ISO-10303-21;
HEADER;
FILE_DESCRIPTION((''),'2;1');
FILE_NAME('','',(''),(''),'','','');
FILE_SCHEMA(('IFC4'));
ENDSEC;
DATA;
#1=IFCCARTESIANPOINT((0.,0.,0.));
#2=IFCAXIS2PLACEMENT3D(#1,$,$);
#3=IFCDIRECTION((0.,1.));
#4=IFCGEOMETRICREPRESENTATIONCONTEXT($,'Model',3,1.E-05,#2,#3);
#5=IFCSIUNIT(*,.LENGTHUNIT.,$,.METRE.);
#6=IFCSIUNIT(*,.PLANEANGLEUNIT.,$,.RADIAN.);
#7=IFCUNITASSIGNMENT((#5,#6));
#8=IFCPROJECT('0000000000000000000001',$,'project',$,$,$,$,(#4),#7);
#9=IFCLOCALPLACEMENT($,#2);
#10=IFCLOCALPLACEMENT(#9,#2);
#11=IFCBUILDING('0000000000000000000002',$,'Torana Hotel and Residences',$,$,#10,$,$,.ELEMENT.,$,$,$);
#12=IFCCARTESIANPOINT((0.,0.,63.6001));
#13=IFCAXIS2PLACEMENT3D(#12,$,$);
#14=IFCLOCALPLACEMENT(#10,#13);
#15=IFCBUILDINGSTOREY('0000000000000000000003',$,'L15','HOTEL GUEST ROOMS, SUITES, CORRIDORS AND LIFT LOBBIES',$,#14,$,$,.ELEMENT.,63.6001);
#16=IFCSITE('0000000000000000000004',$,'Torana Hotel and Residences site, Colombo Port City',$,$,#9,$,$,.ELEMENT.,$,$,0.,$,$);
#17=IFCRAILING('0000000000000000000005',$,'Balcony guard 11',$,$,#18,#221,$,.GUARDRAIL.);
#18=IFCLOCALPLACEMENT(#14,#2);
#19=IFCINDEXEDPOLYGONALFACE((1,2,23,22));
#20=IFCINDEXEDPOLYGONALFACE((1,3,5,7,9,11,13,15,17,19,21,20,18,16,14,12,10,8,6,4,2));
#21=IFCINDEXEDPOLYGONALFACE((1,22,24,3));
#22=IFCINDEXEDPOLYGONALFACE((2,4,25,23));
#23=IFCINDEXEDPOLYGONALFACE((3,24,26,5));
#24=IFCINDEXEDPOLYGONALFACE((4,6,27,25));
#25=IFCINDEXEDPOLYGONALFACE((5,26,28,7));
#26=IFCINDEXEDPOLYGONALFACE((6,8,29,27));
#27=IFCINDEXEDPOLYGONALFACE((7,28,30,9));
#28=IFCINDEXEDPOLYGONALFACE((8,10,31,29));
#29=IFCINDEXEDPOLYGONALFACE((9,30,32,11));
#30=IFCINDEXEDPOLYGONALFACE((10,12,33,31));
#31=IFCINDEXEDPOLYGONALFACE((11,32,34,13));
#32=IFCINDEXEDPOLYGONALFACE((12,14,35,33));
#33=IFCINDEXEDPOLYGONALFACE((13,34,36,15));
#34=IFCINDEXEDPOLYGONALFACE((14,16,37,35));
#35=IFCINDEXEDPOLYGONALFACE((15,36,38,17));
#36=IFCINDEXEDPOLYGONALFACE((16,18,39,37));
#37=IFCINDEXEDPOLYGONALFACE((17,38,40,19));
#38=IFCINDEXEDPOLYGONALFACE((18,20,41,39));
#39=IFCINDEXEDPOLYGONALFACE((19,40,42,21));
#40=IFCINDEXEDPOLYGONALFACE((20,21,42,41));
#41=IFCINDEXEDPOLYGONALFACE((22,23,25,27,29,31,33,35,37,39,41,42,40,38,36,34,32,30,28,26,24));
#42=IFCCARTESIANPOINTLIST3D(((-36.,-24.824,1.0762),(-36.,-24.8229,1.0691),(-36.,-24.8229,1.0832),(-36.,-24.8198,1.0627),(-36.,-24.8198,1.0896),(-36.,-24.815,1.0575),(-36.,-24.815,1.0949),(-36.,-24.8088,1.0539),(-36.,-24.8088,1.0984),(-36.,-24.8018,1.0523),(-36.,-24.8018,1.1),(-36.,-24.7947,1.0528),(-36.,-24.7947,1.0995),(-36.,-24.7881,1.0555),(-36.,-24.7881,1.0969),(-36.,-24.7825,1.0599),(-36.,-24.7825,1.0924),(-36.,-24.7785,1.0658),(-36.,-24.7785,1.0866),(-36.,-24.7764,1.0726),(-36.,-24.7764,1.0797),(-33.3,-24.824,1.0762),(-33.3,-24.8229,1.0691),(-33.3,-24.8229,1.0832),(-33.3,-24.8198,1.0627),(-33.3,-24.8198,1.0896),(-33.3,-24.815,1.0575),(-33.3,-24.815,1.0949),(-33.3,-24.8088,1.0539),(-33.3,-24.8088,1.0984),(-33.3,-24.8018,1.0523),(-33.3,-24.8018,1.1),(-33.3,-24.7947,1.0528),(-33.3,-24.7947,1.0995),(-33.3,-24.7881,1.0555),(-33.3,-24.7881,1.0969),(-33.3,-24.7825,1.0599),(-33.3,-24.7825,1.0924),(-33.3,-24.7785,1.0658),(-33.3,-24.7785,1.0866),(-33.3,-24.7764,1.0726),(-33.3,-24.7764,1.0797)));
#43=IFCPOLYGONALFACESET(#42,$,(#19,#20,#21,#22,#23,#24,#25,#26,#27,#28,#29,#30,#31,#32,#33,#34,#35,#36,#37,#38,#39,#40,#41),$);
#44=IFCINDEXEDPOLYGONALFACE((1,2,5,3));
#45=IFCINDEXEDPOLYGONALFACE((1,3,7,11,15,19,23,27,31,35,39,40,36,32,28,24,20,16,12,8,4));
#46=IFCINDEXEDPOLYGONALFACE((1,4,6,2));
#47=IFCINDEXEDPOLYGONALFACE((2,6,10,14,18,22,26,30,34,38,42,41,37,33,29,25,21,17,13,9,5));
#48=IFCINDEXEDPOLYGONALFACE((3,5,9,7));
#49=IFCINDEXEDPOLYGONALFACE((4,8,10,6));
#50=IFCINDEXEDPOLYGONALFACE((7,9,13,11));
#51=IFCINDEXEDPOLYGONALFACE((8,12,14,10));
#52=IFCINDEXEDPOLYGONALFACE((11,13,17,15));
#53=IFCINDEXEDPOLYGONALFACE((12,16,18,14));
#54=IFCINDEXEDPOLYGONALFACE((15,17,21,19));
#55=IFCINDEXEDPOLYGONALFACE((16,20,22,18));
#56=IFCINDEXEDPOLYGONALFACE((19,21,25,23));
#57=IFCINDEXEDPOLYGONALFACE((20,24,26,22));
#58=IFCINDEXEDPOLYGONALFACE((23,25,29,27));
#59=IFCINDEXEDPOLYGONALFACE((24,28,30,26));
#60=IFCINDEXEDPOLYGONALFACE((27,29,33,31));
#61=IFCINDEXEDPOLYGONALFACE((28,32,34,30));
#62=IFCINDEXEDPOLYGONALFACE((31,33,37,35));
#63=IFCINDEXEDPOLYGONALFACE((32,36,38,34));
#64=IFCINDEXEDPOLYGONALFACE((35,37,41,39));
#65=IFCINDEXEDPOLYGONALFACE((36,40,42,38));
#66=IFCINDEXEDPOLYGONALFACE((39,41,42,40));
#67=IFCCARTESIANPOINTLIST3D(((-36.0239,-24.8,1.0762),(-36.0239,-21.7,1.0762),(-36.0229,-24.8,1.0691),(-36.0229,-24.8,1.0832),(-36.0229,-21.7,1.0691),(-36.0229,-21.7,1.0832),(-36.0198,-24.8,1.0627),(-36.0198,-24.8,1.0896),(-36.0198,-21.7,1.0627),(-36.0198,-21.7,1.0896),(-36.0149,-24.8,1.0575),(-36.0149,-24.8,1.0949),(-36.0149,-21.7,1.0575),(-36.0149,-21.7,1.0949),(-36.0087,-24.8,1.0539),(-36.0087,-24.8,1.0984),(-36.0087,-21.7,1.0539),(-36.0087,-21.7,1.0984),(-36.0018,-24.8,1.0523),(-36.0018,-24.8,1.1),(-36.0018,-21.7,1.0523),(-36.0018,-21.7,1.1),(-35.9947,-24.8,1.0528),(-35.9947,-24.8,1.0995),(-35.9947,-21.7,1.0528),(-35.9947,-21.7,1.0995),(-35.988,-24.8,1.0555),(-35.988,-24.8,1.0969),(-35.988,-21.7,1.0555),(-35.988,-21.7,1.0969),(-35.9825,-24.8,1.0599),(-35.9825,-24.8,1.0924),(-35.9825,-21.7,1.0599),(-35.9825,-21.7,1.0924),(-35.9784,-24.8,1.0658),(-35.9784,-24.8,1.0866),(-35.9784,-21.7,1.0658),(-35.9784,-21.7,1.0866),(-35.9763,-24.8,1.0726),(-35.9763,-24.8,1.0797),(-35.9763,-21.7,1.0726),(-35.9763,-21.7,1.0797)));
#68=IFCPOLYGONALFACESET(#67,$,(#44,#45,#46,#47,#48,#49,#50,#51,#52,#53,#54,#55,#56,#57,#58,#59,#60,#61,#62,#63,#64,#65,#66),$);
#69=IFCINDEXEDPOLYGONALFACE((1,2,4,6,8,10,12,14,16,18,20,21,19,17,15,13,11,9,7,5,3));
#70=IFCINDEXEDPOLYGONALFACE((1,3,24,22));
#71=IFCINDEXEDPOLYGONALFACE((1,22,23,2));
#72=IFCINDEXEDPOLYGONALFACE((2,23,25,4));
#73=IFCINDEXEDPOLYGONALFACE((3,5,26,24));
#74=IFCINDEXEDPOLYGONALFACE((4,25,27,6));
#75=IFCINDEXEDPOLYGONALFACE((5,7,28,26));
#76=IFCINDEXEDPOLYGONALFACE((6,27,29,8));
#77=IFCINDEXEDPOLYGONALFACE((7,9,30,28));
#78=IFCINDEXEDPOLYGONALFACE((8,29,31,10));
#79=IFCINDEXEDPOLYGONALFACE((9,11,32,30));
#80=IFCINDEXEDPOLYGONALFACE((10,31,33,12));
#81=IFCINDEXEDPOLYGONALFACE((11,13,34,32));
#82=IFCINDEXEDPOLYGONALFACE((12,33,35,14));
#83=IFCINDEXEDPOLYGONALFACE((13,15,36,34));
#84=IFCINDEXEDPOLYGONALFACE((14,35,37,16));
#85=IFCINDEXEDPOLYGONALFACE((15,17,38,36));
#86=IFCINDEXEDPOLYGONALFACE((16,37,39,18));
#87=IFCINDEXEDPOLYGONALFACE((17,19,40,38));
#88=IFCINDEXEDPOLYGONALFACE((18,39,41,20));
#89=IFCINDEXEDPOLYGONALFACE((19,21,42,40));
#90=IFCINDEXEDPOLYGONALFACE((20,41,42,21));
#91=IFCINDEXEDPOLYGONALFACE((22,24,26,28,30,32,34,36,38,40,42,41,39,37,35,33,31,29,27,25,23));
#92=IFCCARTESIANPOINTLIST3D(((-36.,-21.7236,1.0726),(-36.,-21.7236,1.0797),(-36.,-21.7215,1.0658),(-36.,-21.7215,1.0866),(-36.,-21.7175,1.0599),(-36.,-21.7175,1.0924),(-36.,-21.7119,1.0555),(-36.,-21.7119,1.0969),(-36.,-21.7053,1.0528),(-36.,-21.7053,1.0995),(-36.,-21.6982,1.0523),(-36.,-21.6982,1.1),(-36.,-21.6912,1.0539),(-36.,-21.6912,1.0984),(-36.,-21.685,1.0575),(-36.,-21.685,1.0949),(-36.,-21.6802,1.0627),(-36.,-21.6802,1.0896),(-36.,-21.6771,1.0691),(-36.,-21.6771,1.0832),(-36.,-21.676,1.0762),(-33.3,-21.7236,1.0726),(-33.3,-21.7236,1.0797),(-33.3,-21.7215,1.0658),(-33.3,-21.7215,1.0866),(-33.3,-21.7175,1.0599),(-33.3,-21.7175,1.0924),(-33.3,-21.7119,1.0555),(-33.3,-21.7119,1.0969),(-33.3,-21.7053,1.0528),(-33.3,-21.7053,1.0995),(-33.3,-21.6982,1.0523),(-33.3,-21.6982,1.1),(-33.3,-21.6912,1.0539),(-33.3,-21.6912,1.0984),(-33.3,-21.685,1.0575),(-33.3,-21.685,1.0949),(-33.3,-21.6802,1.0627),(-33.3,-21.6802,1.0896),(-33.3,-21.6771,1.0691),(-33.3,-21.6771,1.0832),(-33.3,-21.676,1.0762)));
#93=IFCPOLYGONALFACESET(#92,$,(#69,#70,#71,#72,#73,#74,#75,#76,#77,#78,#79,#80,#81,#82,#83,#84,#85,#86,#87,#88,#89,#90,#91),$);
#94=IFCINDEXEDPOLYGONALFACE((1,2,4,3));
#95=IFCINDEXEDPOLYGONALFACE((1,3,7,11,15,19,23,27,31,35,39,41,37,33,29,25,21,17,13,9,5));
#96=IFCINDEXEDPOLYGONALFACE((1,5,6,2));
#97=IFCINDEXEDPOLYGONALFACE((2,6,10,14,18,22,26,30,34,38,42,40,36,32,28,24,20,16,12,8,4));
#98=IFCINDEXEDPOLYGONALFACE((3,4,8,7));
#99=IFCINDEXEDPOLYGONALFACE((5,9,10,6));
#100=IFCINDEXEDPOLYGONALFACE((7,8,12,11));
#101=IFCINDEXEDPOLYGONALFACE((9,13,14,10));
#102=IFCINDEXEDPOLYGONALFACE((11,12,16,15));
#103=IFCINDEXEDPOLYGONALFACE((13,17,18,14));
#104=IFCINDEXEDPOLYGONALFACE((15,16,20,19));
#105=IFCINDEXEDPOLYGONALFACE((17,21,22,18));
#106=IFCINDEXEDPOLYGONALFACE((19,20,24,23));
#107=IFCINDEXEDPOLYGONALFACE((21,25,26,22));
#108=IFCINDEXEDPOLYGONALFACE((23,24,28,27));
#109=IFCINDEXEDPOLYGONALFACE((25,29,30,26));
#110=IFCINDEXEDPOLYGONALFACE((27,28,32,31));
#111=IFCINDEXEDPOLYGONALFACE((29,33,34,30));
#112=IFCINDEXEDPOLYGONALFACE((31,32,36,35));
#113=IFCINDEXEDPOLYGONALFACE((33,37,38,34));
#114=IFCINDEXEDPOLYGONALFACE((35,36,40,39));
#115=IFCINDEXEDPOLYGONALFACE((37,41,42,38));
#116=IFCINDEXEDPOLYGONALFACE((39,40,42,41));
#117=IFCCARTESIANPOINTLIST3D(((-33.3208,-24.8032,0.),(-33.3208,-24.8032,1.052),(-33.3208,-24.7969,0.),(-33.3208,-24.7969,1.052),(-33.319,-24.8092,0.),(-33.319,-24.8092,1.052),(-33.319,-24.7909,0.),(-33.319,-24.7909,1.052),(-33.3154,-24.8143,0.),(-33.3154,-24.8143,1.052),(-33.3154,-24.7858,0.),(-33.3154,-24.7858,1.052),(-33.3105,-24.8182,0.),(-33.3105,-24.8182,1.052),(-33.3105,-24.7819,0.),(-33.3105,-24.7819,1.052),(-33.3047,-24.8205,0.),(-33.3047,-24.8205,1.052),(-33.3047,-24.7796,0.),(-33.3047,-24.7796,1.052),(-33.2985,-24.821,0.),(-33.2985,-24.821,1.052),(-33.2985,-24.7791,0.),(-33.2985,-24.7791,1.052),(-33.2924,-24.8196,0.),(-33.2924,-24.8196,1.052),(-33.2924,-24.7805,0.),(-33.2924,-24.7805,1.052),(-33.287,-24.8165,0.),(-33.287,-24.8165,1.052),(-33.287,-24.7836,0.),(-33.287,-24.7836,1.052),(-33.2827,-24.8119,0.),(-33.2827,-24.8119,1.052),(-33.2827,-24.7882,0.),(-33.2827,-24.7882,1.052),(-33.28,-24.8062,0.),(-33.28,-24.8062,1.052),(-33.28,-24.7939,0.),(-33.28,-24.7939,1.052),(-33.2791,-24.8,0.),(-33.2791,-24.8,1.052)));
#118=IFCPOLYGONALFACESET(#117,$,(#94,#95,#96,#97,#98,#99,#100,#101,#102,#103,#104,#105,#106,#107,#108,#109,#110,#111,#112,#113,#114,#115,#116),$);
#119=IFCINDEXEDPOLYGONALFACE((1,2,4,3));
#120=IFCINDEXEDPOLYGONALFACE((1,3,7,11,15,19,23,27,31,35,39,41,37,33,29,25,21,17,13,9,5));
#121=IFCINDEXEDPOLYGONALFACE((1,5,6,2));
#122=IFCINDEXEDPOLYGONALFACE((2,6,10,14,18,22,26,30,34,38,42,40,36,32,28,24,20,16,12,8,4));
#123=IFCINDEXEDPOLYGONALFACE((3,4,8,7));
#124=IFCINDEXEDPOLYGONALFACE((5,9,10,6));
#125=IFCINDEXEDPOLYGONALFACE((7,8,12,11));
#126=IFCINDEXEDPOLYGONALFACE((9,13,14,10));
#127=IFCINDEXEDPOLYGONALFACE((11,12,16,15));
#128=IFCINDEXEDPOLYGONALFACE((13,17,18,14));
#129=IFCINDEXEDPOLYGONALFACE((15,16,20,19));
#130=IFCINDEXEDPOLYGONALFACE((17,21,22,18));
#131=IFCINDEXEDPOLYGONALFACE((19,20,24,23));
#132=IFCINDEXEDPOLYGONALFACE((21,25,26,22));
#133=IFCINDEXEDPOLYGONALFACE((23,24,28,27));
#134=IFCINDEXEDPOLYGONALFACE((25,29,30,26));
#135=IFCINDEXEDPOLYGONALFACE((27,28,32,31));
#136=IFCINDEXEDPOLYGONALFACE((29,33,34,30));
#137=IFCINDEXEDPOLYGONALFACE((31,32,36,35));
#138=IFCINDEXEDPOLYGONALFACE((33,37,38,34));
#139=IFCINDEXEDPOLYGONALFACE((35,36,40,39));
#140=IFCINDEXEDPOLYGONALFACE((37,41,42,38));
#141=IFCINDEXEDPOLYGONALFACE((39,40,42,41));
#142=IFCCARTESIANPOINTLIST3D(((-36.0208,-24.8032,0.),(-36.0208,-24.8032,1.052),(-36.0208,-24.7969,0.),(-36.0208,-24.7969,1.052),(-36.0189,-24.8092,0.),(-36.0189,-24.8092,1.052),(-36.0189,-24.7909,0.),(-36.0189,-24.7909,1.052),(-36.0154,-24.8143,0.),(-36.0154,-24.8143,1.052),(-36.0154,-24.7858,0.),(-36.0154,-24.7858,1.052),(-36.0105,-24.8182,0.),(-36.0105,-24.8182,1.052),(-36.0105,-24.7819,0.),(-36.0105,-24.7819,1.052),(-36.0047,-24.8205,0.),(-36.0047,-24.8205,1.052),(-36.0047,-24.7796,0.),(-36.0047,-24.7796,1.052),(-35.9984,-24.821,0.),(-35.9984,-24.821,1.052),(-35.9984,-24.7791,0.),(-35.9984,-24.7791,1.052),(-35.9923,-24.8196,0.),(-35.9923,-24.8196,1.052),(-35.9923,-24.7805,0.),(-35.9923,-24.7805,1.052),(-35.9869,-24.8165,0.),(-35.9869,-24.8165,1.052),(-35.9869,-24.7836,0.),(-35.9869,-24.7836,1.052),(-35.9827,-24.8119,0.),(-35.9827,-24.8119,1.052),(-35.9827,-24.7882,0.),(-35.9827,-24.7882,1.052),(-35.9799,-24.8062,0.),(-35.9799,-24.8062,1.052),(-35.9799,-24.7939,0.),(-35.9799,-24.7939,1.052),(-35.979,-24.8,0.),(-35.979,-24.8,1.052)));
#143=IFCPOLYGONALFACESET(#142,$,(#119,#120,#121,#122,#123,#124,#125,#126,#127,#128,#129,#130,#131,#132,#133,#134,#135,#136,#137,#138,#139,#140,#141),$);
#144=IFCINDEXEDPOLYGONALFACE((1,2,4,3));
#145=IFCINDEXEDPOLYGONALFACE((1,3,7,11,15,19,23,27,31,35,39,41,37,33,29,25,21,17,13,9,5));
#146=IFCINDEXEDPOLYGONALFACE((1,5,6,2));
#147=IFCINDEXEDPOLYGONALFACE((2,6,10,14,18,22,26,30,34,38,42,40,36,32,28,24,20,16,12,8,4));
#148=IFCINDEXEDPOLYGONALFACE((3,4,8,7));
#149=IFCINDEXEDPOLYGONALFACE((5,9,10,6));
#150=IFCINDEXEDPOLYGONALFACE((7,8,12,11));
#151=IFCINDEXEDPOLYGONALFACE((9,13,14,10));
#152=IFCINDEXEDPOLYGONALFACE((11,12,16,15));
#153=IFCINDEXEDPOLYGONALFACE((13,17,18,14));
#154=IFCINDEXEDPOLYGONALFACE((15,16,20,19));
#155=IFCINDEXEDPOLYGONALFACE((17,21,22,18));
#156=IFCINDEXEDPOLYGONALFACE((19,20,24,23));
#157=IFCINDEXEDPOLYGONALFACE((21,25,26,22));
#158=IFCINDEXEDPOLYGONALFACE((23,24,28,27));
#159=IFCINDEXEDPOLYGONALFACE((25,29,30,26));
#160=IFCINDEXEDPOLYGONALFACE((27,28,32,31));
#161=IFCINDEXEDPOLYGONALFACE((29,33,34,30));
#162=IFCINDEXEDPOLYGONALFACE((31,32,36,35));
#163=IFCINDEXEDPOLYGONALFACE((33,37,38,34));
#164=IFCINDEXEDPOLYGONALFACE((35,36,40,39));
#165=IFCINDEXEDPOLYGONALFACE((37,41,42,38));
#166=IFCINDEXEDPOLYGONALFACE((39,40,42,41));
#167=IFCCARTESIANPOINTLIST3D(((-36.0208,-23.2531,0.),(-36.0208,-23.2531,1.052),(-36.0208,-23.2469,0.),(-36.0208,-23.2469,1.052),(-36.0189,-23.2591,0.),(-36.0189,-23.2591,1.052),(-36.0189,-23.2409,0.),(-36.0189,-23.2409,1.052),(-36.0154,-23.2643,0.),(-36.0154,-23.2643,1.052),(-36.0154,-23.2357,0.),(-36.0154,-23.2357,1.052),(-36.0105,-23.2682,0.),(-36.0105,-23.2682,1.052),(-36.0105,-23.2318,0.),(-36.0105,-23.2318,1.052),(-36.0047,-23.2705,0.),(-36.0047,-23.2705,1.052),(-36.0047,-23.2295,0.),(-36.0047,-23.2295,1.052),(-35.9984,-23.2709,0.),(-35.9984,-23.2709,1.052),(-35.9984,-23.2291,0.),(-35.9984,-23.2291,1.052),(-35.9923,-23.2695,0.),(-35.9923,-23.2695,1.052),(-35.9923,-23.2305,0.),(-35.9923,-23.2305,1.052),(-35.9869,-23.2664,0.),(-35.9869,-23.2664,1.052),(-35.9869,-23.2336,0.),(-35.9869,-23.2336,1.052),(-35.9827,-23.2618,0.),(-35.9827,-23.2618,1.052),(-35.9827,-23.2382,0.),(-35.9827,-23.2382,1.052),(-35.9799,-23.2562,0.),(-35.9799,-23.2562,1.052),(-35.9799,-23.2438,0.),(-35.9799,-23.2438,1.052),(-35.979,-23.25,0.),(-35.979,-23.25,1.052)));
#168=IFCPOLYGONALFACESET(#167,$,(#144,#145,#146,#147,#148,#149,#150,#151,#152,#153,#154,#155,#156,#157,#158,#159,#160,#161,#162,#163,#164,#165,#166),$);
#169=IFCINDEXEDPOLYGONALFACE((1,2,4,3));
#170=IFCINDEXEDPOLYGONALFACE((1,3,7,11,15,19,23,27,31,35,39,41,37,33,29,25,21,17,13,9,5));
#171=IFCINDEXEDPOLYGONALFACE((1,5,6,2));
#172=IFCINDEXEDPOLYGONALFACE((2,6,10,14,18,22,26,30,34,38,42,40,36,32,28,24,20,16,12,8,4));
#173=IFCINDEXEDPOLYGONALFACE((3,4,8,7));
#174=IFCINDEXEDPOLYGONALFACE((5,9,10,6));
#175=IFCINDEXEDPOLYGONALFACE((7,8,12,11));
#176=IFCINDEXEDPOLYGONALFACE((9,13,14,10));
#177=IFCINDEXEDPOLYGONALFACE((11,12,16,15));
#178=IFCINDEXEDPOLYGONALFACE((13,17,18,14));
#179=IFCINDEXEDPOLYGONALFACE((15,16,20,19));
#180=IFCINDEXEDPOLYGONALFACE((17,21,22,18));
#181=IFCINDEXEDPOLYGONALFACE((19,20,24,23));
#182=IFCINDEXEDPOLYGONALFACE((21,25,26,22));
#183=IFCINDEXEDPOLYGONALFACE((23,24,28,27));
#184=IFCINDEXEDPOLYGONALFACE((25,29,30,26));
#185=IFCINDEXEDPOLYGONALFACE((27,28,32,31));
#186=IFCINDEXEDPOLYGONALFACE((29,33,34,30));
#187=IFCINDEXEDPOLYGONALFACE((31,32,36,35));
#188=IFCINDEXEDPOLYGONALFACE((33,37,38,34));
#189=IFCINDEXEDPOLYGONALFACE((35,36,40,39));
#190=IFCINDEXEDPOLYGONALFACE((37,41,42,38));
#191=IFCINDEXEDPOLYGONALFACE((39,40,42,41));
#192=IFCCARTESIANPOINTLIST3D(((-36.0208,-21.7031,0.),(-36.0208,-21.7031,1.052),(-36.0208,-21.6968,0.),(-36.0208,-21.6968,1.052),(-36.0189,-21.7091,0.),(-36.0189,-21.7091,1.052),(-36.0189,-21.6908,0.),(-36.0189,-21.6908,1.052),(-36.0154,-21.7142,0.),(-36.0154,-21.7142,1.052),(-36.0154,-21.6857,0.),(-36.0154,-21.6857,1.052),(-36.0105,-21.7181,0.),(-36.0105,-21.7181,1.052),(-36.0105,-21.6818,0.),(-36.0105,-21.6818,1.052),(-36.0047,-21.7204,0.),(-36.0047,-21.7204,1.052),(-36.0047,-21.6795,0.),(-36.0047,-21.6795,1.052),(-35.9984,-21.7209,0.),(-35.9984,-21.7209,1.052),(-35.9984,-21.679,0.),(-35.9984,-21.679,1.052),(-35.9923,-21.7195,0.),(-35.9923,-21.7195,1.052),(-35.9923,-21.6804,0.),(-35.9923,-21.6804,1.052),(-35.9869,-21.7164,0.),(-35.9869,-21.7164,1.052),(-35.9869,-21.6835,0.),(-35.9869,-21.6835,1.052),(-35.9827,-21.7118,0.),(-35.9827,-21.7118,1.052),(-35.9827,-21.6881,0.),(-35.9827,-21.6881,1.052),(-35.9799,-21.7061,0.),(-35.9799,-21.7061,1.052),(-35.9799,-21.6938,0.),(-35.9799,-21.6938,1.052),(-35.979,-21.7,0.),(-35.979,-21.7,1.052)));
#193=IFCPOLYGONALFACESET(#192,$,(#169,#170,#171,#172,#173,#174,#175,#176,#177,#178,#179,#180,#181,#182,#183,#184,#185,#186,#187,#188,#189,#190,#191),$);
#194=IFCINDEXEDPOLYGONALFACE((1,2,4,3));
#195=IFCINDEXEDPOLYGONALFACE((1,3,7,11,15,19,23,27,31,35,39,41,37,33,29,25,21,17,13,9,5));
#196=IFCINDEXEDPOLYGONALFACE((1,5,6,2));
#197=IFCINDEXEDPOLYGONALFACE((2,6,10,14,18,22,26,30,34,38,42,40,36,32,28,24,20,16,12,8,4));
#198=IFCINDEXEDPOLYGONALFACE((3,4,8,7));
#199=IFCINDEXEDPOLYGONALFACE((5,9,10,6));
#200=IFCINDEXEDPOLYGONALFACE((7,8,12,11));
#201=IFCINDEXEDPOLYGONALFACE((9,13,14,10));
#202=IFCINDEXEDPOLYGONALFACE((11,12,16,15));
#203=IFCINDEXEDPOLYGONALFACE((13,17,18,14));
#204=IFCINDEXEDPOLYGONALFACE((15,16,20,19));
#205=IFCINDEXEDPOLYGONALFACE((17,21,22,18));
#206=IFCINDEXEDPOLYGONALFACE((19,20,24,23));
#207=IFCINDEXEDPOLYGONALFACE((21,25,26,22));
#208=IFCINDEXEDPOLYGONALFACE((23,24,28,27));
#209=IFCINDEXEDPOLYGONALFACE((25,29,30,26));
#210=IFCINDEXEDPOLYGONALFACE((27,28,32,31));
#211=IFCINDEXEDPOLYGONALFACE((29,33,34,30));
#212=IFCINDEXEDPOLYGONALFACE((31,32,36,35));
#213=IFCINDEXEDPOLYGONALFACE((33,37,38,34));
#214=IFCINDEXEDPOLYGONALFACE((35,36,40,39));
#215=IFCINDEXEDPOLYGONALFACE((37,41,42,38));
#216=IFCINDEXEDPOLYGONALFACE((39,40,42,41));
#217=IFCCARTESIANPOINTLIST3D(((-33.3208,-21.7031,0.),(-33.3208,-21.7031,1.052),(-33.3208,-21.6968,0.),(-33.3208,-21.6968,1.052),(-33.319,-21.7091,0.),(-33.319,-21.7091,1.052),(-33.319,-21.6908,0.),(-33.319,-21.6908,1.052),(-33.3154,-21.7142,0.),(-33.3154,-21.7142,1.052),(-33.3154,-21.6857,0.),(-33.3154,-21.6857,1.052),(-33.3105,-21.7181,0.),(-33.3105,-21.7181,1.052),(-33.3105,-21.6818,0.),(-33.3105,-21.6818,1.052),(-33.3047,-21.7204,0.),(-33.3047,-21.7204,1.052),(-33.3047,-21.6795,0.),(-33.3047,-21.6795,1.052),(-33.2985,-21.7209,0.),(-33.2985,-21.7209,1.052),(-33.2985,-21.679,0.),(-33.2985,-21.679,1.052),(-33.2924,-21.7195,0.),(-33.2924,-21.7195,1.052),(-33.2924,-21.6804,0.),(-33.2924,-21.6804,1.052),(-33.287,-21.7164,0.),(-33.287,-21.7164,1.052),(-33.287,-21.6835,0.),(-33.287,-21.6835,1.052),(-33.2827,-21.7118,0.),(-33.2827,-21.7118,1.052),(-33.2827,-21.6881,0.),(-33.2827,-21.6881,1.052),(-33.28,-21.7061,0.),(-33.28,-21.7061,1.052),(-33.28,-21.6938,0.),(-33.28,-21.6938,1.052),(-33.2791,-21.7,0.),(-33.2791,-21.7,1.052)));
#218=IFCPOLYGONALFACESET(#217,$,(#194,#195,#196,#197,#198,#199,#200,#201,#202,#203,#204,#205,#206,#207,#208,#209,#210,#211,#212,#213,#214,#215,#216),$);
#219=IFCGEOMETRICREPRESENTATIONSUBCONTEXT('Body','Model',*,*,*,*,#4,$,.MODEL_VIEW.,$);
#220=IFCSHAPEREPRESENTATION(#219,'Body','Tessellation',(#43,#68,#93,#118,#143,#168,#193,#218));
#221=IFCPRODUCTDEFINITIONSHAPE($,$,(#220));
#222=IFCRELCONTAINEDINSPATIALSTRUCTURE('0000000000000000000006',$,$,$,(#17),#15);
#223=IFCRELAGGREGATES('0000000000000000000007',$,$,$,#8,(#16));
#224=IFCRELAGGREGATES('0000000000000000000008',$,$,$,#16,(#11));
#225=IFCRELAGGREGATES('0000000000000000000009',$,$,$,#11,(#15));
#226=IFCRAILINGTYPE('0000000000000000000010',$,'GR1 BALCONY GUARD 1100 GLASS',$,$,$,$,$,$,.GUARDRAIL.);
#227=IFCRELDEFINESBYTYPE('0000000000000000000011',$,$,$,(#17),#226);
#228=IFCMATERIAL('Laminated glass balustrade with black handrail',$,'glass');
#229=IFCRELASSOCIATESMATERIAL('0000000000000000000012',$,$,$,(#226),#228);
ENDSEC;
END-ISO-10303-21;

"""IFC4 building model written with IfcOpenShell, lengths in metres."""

from ifc_helpers import new_model, si_unit, direction, frame, origin, origin_2d, place, context, subcontext, project, spatial, circle, extrude, material, type_object, element, save


model = new_model("IFC4")

# Units and contexts
model_context = context("Model", 3, precision=1e-05, world=origin(), true_north=direction((0.0, 1.0)))
body_context = subcontext(model_context, "Body", "Model", "MODEL_VIEW")
ifc_project = project(units=[si_unit("LENGTHUNIT", "METRE"), si_unit("PLANEANGLEUNIT", "RADIAN")], contexts=[model_context])

# Site, building, storey
site_placement = place(None, origin())
site = spatial("IfcSite", under=ifc_project, at=site_placement, Name="Torana Hotel and Residences site, Colombo Port City", CompositionType="ELEMENT", RefElevation=0.0)
building_placement = place(site_placement, origin())
building = spatial("IfcBuilding", under=site, at=building_placement, Name="Torana Hotel and Residences", CompositionType="ELEMENT")
storey_placement = place(building_placement, frame((0.0, 0.0, 63.6001)))
storey = spatial("IfcBuildingStorey", under=building, at=storey_placement, Name="L15", Description="HOTEL GUEST ROOMS, SUITES, CORRIDORS AND LIFT LOBBIES", CompositionType="ELEMENT", Elevation=63.6001)

# Railing
ifc_material_1 = material(Name="Laminated glass balustrade with black handrail", Category="glass")
railing_type = type_object("IfcRailingType", Name="GR1 BALCONY GUARD 1100 GLASS", PredefinedType="GUARDRAIL", material=ifc_material_1)
railing_placement = place(storey_placement, frame((-33.3, -24.8, 0.0)))
element("IfcRailing", 1, at=railing_placement, inside=storey, type_object=railing_type, Name="Balcony guard 11", PredefinedType="GUARDRAIL", context=body_context, shape_type="SweptSolid", body=[
    extrude(circle(Radius=0.0239, at=origin_2d()), frame((0.0, 0.0, 1.0762), z_axis=(-1.0, 0.0, 0.0), x_axis=(0.0, -1.0, 0.0)), (0.0, 0.0, 1.0), 2.7),
    extrude(circle(Radius=0.0239, at=origin_2d()), frame((-2.7, 0.0, 1.0762), z_axis=(0.0, 1.0, 0.0), x_axis=(-1.0, 0.0, 0.0)), (0.0, 0.0, 1.0), 3.1001),
    extrude(circle(Radius=0.0239, at=origin_2d()), frame((-2.7, 3.1001, 1.0762), z_axis=(1.0, 0.0, 0.0), x_axis=(0.0, 1.0, 0.0)), (0.0, 0.0, 1.0), 2.7),
    extrude(circle(Radius=0.021, at=origin_2d()), origin(), (0.0, 0.0, 1.0), 1.052),
    extrude(circle(Radius=0.021, at=origin_2d()), frame((-2.7, 0.0, 0.0)), (0.0, 0.0, 1.0), 1.052),
    extrude(circle(Radius=0.021, at=origin_2d()), frame((-2.7, 1.55, 0.0)), (0.0, 0.0, 1.0), 1.052),
    extrude(circle(Radius=0.021, at=origin_2d()), frame((-2.7, 3.1001, 0.0)), (0.0, 0.0, 1.0), 1.052),
    extrude(circle(Radius=0.021, at=origin_2d()), frame((0.0, 3.1001, 0.0)), (0.0, 0.0, 1.0), 1.052),
])

save(model, "model.ifc")
